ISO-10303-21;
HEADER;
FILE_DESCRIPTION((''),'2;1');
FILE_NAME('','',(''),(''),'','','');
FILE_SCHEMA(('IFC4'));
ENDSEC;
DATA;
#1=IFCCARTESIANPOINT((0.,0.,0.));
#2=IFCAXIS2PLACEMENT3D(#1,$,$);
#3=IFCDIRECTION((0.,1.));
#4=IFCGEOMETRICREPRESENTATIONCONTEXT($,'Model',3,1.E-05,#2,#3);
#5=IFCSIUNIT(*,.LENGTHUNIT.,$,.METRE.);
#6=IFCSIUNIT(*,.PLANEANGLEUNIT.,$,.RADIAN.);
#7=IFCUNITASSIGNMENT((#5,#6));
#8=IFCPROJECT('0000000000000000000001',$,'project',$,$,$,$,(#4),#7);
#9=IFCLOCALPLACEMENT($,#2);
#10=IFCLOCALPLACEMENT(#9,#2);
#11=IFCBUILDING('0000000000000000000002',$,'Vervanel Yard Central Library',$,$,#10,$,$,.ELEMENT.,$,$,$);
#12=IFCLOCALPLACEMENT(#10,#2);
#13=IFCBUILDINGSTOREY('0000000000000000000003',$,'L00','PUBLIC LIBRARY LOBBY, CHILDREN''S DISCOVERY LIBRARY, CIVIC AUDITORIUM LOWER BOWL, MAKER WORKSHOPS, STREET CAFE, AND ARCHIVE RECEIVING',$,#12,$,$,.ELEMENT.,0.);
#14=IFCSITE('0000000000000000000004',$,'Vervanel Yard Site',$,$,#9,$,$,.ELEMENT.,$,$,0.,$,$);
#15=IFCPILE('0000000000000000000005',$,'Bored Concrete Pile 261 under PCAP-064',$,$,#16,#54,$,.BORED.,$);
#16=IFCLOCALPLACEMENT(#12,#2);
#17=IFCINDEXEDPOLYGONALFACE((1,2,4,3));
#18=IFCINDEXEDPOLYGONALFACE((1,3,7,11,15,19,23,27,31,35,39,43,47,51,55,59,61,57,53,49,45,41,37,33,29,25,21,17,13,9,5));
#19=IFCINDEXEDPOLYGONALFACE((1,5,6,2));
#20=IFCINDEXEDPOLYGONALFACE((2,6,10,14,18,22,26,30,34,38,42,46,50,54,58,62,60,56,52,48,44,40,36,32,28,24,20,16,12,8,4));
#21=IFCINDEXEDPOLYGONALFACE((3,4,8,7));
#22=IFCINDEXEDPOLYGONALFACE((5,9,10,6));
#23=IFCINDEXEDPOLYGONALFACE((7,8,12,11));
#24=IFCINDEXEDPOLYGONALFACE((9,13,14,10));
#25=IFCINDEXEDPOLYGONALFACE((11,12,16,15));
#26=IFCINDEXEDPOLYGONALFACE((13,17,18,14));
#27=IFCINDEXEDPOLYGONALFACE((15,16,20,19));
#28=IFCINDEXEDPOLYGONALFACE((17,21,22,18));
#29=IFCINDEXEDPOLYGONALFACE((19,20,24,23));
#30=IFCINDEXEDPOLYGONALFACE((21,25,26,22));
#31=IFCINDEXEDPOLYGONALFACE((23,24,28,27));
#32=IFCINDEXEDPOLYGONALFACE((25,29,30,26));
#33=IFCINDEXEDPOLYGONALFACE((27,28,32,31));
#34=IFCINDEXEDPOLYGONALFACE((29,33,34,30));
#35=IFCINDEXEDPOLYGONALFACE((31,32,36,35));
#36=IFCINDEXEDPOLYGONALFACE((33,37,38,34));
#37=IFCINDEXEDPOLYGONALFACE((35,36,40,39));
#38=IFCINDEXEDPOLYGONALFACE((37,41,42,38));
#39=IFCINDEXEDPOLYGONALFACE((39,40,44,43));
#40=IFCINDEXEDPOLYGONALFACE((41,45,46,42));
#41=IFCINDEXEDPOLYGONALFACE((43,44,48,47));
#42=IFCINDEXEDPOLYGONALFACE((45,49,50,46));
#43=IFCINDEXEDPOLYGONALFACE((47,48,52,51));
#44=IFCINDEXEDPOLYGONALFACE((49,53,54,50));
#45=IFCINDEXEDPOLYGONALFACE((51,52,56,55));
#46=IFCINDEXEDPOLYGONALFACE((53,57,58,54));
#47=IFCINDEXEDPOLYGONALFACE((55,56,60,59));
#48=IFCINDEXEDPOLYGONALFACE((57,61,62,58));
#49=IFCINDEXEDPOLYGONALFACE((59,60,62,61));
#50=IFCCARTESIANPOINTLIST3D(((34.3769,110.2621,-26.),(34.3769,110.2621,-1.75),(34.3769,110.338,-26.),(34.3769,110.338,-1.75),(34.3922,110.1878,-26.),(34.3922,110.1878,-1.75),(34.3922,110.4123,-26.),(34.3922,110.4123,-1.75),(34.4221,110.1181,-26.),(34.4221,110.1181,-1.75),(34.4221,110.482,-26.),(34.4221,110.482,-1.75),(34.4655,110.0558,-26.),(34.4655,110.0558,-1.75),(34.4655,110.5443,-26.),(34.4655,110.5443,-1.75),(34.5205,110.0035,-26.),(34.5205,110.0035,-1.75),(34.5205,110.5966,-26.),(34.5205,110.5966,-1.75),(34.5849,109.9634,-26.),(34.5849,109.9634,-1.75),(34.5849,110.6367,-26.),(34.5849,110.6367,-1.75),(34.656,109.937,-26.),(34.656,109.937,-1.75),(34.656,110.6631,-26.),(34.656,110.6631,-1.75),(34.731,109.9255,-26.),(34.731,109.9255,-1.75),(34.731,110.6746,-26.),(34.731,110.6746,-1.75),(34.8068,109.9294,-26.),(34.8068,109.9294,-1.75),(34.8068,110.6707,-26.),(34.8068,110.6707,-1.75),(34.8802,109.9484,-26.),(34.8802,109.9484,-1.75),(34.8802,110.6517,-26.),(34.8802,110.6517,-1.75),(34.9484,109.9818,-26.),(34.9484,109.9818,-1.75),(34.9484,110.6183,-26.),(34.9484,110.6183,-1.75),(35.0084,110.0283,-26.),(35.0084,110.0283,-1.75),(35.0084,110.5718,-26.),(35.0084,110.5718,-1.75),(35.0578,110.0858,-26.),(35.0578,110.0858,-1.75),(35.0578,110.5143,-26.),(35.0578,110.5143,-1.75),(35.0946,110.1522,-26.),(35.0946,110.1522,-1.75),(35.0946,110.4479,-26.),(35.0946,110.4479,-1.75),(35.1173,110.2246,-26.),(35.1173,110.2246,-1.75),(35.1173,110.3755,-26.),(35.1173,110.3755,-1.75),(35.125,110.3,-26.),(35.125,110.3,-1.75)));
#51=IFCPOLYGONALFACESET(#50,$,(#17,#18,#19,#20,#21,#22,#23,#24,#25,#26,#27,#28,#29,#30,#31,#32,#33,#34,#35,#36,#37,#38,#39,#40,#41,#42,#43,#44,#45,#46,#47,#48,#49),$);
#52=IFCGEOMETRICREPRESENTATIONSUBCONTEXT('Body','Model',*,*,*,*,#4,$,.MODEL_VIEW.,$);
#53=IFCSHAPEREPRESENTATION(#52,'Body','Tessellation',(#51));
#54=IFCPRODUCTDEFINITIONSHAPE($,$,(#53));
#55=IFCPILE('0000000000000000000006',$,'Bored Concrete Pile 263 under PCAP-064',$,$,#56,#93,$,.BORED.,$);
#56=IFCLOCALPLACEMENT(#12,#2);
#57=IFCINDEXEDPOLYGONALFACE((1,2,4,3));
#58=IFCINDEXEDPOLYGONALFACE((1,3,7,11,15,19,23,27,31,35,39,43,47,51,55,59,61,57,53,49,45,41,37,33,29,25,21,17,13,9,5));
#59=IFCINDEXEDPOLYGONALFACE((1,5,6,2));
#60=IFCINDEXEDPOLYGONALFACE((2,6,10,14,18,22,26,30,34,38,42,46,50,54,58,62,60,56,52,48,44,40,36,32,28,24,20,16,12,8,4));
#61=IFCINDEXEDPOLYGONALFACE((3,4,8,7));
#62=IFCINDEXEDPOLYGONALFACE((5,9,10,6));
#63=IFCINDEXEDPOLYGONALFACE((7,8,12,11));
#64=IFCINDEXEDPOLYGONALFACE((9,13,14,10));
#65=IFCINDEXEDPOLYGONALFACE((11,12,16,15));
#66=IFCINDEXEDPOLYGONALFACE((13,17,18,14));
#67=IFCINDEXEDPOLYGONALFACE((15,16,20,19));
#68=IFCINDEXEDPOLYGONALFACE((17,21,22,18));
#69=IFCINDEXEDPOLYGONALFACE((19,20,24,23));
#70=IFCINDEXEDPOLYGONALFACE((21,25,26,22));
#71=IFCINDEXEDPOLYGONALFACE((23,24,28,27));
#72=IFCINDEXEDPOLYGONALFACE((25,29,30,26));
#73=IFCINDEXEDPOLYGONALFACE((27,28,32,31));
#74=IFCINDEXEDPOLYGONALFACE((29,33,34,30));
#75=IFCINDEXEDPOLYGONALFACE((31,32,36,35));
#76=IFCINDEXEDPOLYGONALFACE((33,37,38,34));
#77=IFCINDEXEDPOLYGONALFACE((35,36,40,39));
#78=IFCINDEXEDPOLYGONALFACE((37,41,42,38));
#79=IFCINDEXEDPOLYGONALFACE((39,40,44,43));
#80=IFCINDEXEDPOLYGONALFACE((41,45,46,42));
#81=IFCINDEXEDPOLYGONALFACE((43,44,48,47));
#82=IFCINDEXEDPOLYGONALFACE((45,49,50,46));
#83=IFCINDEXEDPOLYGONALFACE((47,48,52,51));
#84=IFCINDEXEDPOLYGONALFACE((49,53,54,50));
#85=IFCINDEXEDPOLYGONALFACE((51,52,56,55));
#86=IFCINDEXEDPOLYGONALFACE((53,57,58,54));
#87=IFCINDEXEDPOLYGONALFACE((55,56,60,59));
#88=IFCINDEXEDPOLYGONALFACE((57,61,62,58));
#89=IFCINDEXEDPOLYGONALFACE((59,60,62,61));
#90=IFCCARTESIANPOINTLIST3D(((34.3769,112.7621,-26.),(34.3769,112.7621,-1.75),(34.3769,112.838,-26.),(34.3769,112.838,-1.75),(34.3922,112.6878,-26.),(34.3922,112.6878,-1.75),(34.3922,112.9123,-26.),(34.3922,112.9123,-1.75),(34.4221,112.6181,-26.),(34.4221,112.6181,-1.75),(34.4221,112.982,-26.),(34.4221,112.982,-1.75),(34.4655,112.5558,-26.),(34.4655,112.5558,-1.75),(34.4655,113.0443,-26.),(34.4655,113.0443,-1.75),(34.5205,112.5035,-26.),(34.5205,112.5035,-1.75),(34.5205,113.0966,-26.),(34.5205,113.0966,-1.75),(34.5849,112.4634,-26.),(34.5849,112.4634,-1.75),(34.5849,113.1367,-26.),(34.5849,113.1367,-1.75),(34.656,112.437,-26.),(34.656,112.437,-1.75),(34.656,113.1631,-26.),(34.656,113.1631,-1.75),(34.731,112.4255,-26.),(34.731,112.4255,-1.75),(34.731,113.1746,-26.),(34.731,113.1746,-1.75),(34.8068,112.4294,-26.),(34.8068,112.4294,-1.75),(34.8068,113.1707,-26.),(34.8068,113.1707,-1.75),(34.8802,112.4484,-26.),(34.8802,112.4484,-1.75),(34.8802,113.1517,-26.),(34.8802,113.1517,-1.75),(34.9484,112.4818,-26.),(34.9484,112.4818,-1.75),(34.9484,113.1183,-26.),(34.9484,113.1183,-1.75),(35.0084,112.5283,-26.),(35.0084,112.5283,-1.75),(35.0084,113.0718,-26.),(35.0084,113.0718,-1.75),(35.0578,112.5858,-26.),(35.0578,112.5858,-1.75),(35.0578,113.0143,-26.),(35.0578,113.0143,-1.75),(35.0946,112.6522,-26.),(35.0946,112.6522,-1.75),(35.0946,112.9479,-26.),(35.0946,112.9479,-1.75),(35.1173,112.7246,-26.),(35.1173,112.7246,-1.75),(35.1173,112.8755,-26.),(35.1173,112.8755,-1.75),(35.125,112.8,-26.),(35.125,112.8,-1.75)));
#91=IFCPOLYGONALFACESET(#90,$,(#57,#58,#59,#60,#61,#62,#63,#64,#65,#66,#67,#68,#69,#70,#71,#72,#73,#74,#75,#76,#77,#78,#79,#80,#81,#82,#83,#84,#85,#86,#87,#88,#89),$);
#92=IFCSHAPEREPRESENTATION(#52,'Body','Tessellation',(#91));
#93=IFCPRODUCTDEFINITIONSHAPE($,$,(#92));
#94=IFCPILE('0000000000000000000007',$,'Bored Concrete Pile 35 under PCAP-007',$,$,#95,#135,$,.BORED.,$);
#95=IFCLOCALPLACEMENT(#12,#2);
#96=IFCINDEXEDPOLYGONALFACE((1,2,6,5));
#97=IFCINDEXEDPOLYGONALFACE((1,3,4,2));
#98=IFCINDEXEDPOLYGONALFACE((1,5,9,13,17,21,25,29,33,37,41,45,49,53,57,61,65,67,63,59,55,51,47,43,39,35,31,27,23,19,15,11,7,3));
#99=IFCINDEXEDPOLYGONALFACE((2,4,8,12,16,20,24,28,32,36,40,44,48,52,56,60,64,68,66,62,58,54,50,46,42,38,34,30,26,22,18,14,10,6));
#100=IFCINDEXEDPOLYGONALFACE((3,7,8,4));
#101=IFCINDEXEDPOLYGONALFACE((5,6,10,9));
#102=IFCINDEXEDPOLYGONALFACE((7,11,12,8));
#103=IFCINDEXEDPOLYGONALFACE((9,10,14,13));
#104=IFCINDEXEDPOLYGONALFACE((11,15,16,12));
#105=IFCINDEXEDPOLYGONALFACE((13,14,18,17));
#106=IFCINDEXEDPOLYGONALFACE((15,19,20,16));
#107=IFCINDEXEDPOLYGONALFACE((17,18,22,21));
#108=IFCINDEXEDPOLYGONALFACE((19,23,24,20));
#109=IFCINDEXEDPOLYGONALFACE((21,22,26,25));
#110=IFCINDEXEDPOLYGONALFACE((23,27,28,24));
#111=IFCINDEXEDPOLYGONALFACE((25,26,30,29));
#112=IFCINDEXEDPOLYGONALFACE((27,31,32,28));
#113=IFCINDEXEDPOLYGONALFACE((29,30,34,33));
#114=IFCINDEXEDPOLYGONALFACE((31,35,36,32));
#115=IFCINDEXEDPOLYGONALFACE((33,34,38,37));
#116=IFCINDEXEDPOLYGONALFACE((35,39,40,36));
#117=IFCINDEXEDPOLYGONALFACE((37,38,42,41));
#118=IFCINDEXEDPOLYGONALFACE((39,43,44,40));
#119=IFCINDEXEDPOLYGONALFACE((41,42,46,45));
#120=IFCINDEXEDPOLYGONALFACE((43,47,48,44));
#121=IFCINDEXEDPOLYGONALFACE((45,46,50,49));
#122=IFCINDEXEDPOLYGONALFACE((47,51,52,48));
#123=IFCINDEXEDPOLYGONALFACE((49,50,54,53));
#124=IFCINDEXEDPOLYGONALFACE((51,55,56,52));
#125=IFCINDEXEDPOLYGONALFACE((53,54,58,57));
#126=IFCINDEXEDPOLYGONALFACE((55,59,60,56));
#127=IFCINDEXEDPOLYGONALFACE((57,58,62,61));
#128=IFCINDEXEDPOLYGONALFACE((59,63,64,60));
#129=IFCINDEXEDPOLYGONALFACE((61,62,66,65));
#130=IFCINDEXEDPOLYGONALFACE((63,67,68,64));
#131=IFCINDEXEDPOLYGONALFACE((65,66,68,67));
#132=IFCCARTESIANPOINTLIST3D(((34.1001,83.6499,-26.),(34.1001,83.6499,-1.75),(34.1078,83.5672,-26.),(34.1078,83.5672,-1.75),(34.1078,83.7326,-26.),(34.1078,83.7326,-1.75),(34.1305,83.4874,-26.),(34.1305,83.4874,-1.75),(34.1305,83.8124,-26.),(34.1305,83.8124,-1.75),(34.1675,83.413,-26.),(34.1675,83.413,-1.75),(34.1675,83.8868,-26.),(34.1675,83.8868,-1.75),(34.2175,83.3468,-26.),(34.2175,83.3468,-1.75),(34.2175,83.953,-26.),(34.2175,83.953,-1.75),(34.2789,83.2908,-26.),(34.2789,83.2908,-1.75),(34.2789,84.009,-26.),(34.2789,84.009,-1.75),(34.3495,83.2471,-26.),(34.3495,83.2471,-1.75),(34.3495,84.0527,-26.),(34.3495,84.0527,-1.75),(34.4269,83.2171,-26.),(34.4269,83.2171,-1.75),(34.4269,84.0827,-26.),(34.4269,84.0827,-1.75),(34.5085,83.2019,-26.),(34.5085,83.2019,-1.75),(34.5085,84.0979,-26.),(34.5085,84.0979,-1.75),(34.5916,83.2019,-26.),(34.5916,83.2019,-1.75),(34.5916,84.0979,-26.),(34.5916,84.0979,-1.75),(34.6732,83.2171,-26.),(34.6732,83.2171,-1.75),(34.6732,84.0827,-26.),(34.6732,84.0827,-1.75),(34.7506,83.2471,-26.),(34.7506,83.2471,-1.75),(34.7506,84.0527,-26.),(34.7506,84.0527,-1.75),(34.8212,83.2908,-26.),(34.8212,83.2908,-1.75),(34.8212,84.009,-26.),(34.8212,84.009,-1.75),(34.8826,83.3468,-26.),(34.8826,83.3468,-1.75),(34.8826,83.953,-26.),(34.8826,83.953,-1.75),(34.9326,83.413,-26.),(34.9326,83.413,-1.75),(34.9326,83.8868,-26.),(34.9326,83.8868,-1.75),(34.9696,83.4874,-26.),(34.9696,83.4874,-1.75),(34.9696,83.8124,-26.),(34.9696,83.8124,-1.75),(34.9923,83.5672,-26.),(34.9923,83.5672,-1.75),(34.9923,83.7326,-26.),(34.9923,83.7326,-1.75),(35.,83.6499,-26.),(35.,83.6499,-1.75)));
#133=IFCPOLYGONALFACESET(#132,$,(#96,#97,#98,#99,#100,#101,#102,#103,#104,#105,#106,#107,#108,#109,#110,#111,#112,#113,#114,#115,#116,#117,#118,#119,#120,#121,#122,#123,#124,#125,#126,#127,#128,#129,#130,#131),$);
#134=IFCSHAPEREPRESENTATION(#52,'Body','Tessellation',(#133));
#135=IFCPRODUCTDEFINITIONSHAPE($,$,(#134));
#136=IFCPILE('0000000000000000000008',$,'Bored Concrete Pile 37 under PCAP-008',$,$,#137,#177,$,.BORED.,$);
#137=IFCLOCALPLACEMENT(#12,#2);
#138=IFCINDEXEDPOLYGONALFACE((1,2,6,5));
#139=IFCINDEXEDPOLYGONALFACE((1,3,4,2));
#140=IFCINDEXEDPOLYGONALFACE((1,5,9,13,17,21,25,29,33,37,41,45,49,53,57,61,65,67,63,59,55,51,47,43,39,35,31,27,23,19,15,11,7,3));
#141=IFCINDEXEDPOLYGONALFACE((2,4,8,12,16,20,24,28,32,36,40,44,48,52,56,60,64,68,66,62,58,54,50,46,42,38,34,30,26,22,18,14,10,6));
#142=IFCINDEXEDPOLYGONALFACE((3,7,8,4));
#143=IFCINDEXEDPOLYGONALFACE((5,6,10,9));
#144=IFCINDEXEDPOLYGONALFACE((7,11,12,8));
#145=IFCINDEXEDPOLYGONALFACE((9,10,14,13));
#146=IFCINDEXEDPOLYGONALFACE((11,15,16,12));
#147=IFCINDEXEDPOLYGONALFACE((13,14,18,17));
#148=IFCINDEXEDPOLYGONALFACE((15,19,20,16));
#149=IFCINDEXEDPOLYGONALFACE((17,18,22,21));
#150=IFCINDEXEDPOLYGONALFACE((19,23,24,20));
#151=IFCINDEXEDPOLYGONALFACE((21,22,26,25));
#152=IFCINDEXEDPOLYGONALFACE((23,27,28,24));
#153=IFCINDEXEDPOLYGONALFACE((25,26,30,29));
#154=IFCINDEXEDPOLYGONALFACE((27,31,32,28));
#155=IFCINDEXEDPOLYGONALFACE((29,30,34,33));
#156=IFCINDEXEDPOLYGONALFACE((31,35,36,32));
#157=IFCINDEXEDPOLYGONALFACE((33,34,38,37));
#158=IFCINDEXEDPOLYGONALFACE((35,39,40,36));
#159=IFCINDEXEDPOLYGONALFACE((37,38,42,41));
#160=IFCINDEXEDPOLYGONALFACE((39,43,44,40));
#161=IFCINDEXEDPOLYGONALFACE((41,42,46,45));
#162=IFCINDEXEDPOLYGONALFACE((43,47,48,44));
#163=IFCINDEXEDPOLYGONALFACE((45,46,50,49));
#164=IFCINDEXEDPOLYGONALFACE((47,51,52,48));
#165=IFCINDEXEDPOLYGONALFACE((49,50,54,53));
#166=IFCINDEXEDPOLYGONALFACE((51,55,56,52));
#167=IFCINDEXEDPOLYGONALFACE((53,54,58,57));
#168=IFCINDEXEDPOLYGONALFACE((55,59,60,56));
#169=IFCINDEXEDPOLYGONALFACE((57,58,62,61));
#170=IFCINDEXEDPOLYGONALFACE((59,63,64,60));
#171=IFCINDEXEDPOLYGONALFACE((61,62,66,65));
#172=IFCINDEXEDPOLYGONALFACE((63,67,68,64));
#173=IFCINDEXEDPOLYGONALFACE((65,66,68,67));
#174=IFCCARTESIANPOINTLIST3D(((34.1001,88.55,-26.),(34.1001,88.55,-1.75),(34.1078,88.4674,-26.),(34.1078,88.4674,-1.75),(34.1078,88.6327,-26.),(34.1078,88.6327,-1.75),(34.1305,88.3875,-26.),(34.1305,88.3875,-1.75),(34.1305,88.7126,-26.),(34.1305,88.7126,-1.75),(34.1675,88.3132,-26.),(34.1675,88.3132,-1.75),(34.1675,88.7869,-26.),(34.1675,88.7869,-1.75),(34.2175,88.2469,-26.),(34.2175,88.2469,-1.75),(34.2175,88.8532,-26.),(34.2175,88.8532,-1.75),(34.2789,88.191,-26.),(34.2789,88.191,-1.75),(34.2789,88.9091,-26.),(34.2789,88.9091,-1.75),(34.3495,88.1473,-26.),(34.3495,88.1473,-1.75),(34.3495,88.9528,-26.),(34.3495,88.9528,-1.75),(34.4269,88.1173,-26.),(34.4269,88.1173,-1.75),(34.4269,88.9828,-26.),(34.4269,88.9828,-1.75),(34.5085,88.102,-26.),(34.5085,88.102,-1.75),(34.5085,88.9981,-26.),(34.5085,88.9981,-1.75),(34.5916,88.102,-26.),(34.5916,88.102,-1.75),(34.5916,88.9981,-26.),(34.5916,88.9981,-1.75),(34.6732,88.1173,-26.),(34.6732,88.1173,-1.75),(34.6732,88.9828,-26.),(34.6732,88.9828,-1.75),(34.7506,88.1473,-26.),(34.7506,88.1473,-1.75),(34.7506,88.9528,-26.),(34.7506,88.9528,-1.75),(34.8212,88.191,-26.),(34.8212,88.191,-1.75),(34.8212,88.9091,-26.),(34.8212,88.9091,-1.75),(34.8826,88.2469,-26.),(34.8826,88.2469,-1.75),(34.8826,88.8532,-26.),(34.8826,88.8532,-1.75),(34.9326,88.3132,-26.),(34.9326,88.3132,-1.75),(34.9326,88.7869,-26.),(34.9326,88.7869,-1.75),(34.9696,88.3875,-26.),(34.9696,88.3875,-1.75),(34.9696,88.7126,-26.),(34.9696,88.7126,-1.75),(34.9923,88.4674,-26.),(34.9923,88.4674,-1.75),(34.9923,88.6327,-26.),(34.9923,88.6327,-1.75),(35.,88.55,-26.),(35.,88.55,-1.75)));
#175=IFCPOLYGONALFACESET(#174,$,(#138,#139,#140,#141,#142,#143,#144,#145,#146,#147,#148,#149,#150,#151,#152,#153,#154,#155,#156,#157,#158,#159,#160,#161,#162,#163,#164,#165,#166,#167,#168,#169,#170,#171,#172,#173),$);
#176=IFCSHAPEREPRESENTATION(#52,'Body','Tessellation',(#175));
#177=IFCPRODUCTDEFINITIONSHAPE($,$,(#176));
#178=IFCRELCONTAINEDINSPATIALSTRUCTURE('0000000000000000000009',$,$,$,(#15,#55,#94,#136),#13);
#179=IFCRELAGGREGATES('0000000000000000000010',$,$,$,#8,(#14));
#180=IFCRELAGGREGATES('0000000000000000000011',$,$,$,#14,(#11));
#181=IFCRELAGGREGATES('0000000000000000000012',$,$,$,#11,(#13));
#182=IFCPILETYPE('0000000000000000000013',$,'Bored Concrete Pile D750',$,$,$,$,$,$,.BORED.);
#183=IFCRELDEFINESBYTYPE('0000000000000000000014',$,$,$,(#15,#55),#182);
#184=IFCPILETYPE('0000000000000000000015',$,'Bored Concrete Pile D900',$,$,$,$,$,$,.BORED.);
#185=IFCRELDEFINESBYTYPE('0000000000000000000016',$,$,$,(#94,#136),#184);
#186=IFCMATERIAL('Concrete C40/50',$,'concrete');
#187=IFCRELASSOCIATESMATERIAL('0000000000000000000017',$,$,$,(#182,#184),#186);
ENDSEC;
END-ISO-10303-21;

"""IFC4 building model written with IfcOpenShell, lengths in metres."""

from ifc_helpers import new_model, si_unit, direction, frame, origin, origin_2d, place, context, subcontext, project, spatial, circle, extrude, material, material_profile, profile_set, type_object, element, save


model = new_model("IFC4")

# Units and contexts
model_context = context("Model", 3, precision=1e-05, world=origin(), true_north=direction((0.0, 1.0)))
body_context = subcontext(model_context, "Body", "Model", "MODEL_VIEW")
ifc_project = project(units=[si_unit("LENGTHUNIT", "METRE"), si_unit("PLANEANGLEUNIT", "RADIAN")], contexts=[model_context])

# Site, building, storey
site_placement = place(None, origin())
site = spatial("IfcSite", under=ifc_project, at=site_placement, Name="Vervanel Yard Site", CompositionType="ELEMENT", RefElevation=0.0)
building_placement = place(site_placement, origin())
building = spatial("IfcBuilding", under=site, at=building_placement, Name="Vervanel Yard Central Library", CompositionType="ELEMENT")
storey_placement = place(building_placement, origin())
storey = spatial("IfcBuildingStorey", under=building, at=storey_placement, Name="L00", Description="PUBLIC LIBRARY LOBBY, CHILDREN'S DISCOVERY LIBRARY, CIVIC AUDITORIUM LOWER BOWL, MAKER WORKSHOPS, STREET CAFE, AND ARCHIVE RECEIVING", CompositionType="ELEMENT", Elevation=0.0)

# Piles
ifc_material_1 = material(Name="Concrete C40/50", Category="concrete")
ifc_material_profile_1 = material_profile(ifc_material_1, circle(Radius=0.375, at=origin_2d()), Name="BP D750", Category="concrete")
ifc_profile_set_1 = profile_set([ifc_material_profile_1], Name="Concrete C40/50")
pile_type_1 = type_object("IfcPileType", Name="Bored Concrete Pile D750", PredefinedType="BORED", material=ifc_profile_set_1)
for number, where, z_axis, x_axis, name in (
    (1, (34.75, 110.3, -1.75), (0.0, 0.0, -1.0), (1.0, 0.0, 0.0), "Bored Concrete Pile 261 under PCAP-064"),
    (2, (34.75, 112.8, -1.75), (0.0, 0.0, -1.0), (1.0, 0.0, 0.0), "Bored Concrete Pile 263 under PCAP-064"),
):
    element("IfcPile", number, at=place(storey_placement, frame(where, z_axis=z_axis, x_axis=x_axis)), inside=storey, type_object=pile_type_1, Name=name, PredefinedType="BORED", context=body_context, shape_type="SweptSolid", body=[
        extrude(circle(Radius=0.375, at=origin_2d()), origin(), (0.0, 0.0, 1.0), 24.25),
    ])
ifc_material_profile_2 = material_profile(ifc_material_1, circle(Radius=0.45, at=origin_2d()), Name="BP D900", Category="concrete")
ifc_profile_set_2 = profile_set([ifc_material_profile_2], Name="Concrete C40/50")
pile_type_2 = type_object("IfcPileType", Name="Bored Concrete Pile D900", PredefinedType="BORED", material=ifc_profile_set_2)
for number, where, z_axis, x_axis, name in (
    (3, (34.55, 83.6499, -1.75), (0.0, 0.0, -1.0), (1.0, 0.0, 0.0), "Bored Concrete Pile 35 under PCAP-007"),
    (4, (34.55, 88.55, -1.75), (0.0, 0.0, -1.0), (1.0, 0.0, 0.0), "Bored Concrete Pile 37 under PCAP-008"),
):
    element("IfcPile", number, at=place(storey_placement, frame(where, z_axis=z_axis, x_axis=x_axis)), inside=storey, type_object=pile_type_2, Name=name, PredefinedType="BORED", context=body_context, shape_type="SweptSolid", body=[
        extrude(circle(Radius=0.45, at=origin_2d()), origin(), (0.0, 0.0, 1.0), 24.25),
    ])

save(model, "model.ifc")
